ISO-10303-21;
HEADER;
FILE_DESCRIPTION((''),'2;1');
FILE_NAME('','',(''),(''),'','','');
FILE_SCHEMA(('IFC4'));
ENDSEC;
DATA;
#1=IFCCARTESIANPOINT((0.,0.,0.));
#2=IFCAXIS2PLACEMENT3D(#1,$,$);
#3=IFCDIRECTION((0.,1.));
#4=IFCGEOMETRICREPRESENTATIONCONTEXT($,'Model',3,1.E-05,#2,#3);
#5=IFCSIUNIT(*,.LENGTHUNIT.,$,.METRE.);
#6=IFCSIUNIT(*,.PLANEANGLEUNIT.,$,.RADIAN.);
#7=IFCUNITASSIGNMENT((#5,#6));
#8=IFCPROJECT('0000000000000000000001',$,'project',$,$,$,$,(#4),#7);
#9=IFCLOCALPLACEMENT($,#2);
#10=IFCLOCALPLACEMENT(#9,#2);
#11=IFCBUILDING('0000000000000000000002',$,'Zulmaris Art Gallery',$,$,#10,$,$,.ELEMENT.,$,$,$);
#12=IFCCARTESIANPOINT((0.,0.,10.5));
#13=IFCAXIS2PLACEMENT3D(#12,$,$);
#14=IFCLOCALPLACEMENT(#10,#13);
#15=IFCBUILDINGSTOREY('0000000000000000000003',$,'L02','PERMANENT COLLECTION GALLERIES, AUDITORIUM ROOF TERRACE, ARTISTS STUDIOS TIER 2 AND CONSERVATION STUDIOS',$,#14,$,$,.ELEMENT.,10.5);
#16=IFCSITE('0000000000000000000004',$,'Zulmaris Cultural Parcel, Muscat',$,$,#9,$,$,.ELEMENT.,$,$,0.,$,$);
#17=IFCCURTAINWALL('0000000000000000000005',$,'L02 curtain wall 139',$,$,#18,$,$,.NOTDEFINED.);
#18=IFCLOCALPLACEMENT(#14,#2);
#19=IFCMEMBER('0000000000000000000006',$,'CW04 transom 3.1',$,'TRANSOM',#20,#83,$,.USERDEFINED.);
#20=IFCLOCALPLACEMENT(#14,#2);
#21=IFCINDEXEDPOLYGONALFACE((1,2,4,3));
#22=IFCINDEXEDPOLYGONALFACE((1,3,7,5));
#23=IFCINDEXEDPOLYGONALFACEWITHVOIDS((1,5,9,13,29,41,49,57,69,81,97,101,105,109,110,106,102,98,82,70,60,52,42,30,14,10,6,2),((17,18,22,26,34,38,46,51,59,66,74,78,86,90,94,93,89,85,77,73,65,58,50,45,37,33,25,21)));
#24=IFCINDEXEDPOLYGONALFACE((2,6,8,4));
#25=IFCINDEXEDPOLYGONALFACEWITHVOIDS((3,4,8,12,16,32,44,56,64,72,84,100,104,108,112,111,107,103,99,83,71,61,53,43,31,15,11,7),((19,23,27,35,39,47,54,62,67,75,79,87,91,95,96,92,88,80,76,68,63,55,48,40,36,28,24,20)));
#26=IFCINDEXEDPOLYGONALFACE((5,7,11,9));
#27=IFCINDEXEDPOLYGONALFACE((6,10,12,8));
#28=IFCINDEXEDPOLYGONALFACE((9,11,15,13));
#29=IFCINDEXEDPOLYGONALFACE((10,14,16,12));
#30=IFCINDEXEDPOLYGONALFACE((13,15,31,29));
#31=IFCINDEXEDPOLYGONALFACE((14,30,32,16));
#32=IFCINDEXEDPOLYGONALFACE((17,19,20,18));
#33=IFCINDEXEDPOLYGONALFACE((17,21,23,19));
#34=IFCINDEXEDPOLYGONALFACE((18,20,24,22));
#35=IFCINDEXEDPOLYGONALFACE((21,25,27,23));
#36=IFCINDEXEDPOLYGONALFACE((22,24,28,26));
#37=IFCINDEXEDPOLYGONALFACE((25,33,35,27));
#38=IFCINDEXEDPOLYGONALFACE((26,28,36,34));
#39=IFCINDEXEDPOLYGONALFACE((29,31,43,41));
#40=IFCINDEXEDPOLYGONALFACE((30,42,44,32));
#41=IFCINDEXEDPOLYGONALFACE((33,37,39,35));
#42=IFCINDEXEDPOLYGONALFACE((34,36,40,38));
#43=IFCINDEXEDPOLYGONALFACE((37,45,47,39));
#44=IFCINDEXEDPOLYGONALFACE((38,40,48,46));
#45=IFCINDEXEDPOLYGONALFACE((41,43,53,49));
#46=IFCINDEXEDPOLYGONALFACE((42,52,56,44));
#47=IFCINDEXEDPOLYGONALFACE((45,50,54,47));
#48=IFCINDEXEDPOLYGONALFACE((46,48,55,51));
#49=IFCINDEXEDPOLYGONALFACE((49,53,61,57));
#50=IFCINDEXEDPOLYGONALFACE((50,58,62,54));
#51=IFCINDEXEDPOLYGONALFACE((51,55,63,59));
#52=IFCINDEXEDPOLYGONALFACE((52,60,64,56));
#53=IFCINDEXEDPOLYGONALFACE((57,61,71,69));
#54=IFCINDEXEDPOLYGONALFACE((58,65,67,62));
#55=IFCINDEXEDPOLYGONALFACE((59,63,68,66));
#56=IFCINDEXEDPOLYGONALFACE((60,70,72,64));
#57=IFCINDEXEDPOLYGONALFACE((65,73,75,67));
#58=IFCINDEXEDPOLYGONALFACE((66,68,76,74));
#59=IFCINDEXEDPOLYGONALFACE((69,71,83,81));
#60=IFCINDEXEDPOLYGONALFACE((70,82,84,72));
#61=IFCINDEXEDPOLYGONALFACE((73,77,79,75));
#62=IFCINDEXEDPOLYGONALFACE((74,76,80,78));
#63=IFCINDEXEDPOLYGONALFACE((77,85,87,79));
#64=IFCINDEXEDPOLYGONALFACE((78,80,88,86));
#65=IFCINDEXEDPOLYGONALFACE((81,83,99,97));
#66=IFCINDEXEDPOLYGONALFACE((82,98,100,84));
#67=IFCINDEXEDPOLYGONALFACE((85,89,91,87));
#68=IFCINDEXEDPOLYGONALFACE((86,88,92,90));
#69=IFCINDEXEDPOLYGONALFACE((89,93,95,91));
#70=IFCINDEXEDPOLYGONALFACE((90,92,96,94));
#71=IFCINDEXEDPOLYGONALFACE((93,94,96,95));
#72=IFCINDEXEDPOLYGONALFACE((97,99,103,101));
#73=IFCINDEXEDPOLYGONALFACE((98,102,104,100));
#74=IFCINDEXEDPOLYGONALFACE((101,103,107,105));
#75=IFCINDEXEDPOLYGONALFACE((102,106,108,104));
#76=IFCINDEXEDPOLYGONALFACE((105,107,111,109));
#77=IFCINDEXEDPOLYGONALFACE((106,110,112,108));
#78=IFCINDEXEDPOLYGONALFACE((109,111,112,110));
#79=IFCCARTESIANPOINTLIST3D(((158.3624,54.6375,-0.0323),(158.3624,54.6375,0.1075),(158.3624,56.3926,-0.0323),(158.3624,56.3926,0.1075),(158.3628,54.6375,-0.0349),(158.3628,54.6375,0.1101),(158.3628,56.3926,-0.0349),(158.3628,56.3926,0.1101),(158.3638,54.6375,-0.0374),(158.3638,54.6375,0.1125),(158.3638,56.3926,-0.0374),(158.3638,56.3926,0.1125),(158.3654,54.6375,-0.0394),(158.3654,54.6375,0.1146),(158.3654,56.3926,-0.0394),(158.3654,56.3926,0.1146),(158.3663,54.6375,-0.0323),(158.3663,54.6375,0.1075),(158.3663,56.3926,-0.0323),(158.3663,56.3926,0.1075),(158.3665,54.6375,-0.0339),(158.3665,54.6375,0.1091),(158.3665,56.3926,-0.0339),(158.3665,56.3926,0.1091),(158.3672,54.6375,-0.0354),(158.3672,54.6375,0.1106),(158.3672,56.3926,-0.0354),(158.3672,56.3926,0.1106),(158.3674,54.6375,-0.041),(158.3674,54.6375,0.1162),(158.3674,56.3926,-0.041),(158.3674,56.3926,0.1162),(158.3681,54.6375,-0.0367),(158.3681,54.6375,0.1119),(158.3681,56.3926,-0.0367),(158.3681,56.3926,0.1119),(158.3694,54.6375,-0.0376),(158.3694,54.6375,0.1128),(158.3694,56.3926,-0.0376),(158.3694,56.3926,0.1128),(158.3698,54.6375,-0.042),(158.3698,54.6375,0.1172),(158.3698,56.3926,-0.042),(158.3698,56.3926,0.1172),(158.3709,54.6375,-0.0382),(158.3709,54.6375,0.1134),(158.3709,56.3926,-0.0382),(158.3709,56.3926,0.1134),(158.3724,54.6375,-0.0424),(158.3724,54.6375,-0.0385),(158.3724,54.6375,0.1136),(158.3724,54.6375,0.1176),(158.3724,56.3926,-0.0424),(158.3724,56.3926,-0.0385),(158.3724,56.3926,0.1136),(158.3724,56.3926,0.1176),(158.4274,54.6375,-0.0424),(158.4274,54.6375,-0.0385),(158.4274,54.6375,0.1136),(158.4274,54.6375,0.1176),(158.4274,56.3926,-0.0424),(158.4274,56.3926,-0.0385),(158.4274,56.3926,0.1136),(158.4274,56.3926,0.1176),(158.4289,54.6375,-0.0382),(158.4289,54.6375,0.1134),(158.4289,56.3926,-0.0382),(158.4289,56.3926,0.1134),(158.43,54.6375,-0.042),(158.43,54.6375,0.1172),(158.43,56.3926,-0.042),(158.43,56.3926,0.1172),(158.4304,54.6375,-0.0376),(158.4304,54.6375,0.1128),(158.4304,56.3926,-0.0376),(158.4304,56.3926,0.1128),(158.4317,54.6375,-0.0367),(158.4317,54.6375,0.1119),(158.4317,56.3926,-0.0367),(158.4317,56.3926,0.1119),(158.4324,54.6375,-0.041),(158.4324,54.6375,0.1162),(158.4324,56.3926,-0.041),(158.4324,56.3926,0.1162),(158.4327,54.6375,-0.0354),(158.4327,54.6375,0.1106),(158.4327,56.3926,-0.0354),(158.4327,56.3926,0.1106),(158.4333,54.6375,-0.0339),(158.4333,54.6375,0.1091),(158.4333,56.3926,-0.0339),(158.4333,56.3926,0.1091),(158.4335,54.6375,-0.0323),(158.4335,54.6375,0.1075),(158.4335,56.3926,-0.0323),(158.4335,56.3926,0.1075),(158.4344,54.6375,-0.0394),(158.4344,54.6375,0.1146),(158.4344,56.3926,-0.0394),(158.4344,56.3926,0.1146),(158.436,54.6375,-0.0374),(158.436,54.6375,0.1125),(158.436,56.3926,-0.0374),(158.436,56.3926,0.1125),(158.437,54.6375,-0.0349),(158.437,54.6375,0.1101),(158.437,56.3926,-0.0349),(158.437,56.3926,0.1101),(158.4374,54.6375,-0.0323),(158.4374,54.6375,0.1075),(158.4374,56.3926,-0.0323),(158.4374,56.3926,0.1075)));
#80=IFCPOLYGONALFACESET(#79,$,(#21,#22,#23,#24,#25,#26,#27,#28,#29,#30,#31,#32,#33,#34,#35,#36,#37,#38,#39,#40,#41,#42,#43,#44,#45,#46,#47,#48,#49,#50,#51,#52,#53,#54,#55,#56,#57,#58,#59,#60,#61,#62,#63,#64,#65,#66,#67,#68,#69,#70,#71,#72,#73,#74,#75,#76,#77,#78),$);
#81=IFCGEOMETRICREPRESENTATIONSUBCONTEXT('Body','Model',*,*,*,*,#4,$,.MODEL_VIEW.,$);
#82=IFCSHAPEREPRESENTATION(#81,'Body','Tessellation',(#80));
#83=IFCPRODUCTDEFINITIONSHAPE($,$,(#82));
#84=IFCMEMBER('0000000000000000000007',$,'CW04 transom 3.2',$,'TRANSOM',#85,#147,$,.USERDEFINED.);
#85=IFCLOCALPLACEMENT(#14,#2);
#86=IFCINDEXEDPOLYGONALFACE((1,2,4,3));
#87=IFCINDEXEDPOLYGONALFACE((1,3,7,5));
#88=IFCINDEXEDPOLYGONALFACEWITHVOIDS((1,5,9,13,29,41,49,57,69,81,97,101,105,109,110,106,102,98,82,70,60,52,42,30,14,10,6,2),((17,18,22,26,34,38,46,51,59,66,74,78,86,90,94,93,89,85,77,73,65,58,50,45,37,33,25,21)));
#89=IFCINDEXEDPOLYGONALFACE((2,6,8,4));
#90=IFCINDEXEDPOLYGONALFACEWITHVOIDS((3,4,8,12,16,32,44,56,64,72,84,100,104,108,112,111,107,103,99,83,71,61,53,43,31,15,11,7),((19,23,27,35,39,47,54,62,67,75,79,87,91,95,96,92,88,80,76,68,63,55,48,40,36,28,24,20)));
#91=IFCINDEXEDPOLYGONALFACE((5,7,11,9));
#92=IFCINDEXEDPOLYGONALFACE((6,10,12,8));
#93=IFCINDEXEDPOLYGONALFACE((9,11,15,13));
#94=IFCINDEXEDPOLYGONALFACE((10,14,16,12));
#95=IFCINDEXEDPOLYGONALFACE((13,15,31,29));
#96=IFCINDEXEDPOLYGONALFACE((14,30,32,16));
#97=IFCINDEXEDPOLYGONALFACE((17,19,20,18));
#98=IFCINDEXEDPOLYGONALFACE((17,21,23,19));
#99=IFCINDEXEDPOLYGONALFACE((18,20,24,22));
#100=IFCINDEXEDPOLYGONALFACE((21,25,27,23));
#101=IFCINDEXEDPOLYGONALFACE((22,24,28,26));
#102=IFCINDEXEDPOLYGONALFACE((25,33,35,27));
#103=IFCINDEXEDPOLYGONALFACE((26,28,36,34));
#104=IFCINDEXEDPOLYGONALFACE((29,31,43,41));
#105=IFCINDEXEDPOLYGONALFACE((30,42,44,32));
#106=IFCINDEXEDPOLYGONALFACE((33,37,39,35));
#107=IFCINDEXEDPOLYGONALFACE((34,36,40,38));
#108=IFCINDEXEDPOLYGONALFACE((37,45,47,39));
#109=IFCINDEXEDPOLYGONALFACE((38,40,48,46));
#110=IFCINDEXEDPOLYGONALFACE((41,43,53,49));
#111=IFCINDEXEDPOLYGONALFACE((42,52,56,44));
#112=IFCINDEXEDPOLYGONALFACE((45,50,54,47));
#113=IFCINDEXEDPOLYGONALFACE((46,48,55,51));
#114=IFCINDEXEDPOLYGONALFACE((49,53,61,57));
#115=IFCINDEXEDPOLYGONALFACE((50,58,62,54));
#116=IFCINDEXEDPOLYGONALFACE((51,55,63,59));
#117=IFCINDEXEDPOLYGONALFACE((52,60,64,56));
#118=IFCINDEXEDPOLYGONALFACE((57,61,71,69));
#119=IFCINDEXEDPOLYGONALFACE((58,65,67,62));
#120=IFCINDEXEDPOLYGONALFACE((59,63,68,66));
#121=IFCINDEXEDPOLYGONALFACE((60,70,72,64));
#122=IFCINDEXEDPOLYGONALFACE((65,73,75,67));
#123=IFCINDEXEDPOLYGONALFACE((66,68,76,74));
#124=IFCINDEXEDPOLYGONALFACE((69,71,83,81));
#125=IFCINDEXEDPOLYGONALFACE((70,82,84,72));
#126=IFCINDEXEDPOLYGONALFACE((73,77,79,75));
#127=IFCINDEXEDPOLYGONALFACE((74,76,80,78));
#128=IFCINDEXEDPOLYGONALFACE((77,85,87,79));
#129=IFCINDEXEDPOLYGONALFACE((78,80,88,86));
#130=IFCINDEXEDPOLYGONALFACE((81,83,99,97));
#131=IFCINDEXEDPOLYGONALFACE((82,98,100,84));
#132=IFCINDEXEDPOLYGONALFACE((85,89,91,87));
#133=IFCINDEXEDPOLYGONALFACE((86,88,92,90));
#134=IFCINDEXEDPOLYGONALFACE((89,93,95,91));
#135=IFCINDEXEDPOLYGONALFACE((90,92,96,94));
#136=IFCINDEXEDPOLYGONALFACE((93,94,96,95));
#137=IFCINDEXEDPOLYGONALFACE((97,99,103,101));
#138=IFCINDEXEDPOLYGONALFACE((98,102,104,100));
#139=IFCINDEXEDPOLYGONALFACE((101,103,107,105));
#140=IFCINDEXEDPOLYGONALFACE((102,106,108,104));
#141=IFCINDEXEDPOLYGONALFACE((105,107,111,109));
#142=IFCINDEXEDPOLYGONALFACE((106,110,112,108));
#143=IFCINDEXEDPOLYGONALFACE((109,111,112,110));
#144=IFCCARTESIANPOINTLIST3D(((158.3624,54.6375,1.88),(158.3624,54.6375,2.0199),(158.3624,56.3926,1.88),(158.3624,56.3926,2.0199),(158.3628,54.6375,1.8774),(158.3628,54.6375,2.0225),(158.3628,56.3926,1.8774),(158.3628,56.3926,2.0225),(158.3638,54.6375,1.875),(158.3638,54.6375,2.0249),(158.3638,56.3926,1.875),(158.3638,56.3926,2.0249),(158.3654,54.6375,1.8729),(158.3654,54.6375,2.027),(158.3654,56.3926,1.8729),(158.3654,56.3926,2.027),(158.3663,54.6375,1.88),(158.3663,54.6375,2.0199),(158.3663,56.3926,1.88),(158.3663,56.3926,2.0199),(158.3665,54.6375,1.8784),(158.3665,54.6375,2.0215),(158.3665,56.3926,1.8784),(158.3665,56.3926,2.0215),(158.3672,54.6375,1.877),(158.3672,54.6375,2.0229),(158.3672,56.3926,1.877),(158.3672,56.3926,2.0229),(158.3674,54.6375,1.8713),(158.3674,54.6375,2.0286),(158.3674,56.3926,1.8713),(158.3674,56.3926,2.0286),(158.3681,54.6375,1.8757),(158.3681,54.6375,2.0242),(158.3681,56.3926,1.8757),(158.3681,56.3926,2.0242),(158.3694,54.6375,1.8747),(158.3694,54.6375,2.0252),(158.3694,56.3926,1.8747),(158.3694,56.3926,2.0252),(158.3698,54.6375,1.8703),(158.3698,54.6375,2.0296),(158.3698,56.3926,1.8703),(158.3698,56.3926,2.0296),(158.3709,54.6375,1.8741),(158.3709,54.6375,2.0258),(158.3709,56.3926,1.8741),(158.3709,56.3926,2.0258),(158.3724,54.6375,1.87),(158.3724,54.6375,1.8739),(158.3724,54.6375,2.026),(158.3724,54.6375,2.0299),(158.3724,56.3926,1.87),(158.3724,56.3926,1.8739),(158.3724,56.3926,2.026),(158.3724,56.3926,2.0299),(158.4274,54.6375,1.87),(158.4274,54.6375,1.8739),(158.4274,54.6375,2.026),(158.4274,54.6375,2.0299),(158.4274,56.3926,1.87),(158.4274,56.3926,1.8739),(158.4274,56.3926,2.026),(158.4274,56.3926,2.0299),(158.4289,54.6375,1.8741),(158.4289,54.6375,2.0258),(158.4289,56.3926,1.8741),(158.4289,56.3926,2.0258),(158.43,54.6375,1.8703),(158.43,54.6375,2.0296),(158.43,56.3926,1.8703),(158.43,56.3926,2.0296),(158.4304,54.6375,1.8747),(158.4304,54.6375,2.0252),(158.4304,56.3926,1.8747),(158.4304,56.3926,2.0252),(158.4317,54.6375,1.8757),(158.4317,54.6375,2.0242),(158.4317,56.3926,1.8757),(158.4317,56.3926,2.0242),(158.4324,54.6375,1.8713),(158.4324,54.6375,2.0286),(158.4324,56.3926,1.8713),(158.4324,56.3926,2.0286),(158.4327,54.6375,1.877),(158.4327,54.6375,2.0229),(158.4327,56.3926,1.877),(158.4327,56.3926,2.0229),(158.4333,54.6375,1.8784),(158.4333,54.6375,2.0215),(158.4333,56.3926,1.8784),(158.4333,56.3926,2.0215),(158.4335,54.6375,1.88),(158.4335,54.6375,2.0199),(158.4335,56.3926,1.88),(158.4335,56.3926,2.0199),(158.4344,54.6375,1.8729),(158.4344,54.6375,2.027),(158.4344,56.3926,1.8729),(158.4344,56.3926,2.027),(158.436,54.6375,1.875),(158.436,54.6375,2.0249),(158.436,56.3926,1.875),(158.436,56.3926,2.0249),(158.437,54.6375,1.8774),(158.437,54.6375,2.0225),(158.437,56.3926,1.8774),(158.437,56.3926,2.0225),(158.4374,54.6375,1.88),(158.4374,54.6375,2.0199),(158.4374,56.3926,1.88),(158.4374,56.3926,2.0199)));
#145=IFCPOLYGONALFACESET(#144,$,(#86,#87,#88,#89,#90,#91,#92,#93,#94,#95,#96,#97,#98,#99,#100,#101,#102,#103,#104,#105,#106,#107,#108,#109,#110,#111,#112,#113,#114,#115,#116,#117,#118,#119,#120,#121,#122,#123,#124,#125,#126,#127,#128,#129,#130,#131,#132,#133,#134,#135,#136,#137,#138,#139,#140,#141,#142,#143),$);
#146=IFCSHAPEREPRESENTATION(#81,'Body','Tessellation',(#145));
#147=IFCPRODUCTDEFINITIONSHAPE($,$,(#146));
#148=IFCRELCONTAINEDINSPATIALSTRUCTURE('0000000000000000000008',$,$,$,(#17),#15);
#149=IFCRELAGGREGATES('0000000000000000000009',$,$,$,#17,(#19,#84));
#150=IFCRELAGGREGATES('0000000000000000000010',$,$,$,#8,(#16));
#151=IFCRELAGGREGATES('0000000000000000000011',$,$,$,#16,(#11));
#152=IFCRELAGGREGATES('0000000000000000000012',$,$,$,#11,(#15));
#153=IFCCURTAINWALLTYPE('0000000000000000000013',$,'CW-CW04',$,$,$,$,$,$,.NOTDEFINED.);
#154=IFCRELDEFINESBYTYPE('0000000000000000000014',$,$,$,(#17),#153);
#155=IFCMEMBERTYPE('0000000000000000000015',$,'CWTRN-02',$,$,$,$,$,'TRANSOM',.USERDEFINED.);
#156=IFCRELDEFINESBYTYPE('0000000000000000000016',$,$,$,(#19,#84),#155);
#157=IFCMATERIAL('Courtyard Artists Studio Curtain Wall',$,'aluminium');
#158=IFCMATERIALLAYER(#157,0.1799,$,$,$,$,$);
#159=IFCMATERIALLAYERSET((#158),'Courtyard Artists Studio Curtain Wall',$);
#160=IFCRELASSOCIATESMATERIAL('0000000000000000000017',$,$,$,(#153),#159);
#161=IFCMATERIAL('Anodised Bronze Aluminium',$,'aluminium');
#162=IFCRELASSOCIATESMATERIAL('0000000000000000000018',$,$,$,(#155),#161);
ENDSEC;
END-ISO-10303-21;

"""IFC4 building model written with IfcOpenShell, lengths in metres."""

from ifc_helpers import new_model, si_unit, direction, frame, origin, origin_2d, place, context, subcontext, project, spatial, hollow_rectangle, extrude, material, layer, layer_set, material_profile, profile_set, type_object, element, aggregate, save


model = new_model("IFC4")

# Units and contexts
model_context = context("Model", 3, precision=1e-05, world=origin(), true_north=direction((0.0, 1.0)))
body_context = subcontext(model_context, "Body", "Model", "MODEL_VIEW")
ifc_project = project(units=[si_unit("LENGTHUNIT", "METRE"), si_unit("PLANEANGLEUNIT", "RADIAN")], contexts=[model_context])

# Site, building, storey
site_placement = place(None, origin())
site = spatial("IfcSite", under=ifc_project, at=site_placement, Name="Zulmaris Cultural Parcel, Muscat", CompositionType="ELEMENT", RefElevation=0.0)
building_placement = place(site_placement, origin())
building = spatial("IfcBuilding", under=site, at=building_placement, Name="Zulmaris Art Gallery", CompositionType="ELEMENT")
storey_placement = place(building_placement, frame((0.0, 0.0, 10.5)))
storey = spatial("IfcBuildingStorey", under=building, at=storey_placement, Name="L02", Description="PERMANENT COLLECTION GALLERIES, AUDITORIUM ROOF TERRACE, ARTISTS STUDIOS TIER 2 AND CONSERVATION STUDIOS", CompositionType="ELEMENT", Elevation=10.5)

# Curtain wall
ifc_material_1 = material(Name="Courtyard Artists Studio Curtain Wall", Category="aluminium")
ifc_layer_1 = layer(ifc_material_1, 0.1799)
ifc_layer_set_1 = layer_set([ifc_layer_1], Name="Courtyard Artists Studio Curtain Wall")
curtain_wall_type = type_object("IfcCurtainWallType", Name="CW-CW04", PredefinedType="NOTDEFINED", material=ifc_layer_set_1)
ifc_material_2 = material(Name="Anodised Bronze Aluminium", Category="aluminium")
curtain_wall_1_placement = place(storey_placement, origin())
curtain_wall_1 = element("IfcCurtainWall", 1, at=curtain_wall_1_placement, inside=storey, type_object=curtain_wall_type, Name="L02 curtain wall 139", PredefinedType="NOTDEFINED")

# Members
ifc_material_profile_1 = material_profile(ifc_material_2, hollow_rectangle(XDim=0.075, YDim=0.1599, WallThickness=0.0039, InnerFilletRadius=0.0061, OuterFilletRadius=0.01, at=origin_2d()), Name="ALU 75x160x4")
ifc_profile_set_1 = profile_set([ifc_material_profile_1], Name="Anodised Bronze Aluminium")
member_type_1 = type_object("IfcMemberType", Name="CWTRN-02", ElementType="TRANSOM", PredefinedType="USERDEFINED", material=ifc_profile_set_1)
member_1_placement = place(storey_placement, frame((158.3999, 54.6375, 0.0376), z_axis=(0.0, 1.0, 0.0), x_axis=(-1.0, 0.0, 0.0)))
member_1 = element("IfcMember", 2, at=member_1_placement, type_object=member_type_1, Name="CW04 transom 3.1", ObjectType="TRANSOM", PredefinedType="USERDEFINED", context=body_context, shape_type="SweptSolid", body=[
    extrude(hollow_rectangle(XDim=0.075, YDim=0.1599, WallThickness=0.0039, InnerFilletRadius=0.0061, OuterFilletRadius=0.01, at=origin_2d()), origin(), (0.0, 0.0, 1.0), 1.7551),
])
member_2_placement = place(storey_placement, frame((158.3999, 54.6375, 1.95), z_axis=(0.0, 1.0, 0.0), x_axis=(-1.0, 0.0, 0.0)))
member_2 = element("IfcMember", 3, at=member_2_placement, type_object=member_type_1, Name="CW04 transom 3.2", ObjectType="TRANSOM", PredefinedType="USERDEFINED", context=body_context, shape_type="SweptSolid", body=[
    extrude(hollow_rectangle(XDim=0.075, YDim=0.1599, WallThickness=0.0039, InnerFilletRadius=0.0061, OuterFilletRadius=0.01, at=origin_2d()), origin(), (0.0, 0.0, 1.0), 1.7551),
])

aggregate(curtain_wall_1, [member_1, member_2])

save(model, "model.ifc")
